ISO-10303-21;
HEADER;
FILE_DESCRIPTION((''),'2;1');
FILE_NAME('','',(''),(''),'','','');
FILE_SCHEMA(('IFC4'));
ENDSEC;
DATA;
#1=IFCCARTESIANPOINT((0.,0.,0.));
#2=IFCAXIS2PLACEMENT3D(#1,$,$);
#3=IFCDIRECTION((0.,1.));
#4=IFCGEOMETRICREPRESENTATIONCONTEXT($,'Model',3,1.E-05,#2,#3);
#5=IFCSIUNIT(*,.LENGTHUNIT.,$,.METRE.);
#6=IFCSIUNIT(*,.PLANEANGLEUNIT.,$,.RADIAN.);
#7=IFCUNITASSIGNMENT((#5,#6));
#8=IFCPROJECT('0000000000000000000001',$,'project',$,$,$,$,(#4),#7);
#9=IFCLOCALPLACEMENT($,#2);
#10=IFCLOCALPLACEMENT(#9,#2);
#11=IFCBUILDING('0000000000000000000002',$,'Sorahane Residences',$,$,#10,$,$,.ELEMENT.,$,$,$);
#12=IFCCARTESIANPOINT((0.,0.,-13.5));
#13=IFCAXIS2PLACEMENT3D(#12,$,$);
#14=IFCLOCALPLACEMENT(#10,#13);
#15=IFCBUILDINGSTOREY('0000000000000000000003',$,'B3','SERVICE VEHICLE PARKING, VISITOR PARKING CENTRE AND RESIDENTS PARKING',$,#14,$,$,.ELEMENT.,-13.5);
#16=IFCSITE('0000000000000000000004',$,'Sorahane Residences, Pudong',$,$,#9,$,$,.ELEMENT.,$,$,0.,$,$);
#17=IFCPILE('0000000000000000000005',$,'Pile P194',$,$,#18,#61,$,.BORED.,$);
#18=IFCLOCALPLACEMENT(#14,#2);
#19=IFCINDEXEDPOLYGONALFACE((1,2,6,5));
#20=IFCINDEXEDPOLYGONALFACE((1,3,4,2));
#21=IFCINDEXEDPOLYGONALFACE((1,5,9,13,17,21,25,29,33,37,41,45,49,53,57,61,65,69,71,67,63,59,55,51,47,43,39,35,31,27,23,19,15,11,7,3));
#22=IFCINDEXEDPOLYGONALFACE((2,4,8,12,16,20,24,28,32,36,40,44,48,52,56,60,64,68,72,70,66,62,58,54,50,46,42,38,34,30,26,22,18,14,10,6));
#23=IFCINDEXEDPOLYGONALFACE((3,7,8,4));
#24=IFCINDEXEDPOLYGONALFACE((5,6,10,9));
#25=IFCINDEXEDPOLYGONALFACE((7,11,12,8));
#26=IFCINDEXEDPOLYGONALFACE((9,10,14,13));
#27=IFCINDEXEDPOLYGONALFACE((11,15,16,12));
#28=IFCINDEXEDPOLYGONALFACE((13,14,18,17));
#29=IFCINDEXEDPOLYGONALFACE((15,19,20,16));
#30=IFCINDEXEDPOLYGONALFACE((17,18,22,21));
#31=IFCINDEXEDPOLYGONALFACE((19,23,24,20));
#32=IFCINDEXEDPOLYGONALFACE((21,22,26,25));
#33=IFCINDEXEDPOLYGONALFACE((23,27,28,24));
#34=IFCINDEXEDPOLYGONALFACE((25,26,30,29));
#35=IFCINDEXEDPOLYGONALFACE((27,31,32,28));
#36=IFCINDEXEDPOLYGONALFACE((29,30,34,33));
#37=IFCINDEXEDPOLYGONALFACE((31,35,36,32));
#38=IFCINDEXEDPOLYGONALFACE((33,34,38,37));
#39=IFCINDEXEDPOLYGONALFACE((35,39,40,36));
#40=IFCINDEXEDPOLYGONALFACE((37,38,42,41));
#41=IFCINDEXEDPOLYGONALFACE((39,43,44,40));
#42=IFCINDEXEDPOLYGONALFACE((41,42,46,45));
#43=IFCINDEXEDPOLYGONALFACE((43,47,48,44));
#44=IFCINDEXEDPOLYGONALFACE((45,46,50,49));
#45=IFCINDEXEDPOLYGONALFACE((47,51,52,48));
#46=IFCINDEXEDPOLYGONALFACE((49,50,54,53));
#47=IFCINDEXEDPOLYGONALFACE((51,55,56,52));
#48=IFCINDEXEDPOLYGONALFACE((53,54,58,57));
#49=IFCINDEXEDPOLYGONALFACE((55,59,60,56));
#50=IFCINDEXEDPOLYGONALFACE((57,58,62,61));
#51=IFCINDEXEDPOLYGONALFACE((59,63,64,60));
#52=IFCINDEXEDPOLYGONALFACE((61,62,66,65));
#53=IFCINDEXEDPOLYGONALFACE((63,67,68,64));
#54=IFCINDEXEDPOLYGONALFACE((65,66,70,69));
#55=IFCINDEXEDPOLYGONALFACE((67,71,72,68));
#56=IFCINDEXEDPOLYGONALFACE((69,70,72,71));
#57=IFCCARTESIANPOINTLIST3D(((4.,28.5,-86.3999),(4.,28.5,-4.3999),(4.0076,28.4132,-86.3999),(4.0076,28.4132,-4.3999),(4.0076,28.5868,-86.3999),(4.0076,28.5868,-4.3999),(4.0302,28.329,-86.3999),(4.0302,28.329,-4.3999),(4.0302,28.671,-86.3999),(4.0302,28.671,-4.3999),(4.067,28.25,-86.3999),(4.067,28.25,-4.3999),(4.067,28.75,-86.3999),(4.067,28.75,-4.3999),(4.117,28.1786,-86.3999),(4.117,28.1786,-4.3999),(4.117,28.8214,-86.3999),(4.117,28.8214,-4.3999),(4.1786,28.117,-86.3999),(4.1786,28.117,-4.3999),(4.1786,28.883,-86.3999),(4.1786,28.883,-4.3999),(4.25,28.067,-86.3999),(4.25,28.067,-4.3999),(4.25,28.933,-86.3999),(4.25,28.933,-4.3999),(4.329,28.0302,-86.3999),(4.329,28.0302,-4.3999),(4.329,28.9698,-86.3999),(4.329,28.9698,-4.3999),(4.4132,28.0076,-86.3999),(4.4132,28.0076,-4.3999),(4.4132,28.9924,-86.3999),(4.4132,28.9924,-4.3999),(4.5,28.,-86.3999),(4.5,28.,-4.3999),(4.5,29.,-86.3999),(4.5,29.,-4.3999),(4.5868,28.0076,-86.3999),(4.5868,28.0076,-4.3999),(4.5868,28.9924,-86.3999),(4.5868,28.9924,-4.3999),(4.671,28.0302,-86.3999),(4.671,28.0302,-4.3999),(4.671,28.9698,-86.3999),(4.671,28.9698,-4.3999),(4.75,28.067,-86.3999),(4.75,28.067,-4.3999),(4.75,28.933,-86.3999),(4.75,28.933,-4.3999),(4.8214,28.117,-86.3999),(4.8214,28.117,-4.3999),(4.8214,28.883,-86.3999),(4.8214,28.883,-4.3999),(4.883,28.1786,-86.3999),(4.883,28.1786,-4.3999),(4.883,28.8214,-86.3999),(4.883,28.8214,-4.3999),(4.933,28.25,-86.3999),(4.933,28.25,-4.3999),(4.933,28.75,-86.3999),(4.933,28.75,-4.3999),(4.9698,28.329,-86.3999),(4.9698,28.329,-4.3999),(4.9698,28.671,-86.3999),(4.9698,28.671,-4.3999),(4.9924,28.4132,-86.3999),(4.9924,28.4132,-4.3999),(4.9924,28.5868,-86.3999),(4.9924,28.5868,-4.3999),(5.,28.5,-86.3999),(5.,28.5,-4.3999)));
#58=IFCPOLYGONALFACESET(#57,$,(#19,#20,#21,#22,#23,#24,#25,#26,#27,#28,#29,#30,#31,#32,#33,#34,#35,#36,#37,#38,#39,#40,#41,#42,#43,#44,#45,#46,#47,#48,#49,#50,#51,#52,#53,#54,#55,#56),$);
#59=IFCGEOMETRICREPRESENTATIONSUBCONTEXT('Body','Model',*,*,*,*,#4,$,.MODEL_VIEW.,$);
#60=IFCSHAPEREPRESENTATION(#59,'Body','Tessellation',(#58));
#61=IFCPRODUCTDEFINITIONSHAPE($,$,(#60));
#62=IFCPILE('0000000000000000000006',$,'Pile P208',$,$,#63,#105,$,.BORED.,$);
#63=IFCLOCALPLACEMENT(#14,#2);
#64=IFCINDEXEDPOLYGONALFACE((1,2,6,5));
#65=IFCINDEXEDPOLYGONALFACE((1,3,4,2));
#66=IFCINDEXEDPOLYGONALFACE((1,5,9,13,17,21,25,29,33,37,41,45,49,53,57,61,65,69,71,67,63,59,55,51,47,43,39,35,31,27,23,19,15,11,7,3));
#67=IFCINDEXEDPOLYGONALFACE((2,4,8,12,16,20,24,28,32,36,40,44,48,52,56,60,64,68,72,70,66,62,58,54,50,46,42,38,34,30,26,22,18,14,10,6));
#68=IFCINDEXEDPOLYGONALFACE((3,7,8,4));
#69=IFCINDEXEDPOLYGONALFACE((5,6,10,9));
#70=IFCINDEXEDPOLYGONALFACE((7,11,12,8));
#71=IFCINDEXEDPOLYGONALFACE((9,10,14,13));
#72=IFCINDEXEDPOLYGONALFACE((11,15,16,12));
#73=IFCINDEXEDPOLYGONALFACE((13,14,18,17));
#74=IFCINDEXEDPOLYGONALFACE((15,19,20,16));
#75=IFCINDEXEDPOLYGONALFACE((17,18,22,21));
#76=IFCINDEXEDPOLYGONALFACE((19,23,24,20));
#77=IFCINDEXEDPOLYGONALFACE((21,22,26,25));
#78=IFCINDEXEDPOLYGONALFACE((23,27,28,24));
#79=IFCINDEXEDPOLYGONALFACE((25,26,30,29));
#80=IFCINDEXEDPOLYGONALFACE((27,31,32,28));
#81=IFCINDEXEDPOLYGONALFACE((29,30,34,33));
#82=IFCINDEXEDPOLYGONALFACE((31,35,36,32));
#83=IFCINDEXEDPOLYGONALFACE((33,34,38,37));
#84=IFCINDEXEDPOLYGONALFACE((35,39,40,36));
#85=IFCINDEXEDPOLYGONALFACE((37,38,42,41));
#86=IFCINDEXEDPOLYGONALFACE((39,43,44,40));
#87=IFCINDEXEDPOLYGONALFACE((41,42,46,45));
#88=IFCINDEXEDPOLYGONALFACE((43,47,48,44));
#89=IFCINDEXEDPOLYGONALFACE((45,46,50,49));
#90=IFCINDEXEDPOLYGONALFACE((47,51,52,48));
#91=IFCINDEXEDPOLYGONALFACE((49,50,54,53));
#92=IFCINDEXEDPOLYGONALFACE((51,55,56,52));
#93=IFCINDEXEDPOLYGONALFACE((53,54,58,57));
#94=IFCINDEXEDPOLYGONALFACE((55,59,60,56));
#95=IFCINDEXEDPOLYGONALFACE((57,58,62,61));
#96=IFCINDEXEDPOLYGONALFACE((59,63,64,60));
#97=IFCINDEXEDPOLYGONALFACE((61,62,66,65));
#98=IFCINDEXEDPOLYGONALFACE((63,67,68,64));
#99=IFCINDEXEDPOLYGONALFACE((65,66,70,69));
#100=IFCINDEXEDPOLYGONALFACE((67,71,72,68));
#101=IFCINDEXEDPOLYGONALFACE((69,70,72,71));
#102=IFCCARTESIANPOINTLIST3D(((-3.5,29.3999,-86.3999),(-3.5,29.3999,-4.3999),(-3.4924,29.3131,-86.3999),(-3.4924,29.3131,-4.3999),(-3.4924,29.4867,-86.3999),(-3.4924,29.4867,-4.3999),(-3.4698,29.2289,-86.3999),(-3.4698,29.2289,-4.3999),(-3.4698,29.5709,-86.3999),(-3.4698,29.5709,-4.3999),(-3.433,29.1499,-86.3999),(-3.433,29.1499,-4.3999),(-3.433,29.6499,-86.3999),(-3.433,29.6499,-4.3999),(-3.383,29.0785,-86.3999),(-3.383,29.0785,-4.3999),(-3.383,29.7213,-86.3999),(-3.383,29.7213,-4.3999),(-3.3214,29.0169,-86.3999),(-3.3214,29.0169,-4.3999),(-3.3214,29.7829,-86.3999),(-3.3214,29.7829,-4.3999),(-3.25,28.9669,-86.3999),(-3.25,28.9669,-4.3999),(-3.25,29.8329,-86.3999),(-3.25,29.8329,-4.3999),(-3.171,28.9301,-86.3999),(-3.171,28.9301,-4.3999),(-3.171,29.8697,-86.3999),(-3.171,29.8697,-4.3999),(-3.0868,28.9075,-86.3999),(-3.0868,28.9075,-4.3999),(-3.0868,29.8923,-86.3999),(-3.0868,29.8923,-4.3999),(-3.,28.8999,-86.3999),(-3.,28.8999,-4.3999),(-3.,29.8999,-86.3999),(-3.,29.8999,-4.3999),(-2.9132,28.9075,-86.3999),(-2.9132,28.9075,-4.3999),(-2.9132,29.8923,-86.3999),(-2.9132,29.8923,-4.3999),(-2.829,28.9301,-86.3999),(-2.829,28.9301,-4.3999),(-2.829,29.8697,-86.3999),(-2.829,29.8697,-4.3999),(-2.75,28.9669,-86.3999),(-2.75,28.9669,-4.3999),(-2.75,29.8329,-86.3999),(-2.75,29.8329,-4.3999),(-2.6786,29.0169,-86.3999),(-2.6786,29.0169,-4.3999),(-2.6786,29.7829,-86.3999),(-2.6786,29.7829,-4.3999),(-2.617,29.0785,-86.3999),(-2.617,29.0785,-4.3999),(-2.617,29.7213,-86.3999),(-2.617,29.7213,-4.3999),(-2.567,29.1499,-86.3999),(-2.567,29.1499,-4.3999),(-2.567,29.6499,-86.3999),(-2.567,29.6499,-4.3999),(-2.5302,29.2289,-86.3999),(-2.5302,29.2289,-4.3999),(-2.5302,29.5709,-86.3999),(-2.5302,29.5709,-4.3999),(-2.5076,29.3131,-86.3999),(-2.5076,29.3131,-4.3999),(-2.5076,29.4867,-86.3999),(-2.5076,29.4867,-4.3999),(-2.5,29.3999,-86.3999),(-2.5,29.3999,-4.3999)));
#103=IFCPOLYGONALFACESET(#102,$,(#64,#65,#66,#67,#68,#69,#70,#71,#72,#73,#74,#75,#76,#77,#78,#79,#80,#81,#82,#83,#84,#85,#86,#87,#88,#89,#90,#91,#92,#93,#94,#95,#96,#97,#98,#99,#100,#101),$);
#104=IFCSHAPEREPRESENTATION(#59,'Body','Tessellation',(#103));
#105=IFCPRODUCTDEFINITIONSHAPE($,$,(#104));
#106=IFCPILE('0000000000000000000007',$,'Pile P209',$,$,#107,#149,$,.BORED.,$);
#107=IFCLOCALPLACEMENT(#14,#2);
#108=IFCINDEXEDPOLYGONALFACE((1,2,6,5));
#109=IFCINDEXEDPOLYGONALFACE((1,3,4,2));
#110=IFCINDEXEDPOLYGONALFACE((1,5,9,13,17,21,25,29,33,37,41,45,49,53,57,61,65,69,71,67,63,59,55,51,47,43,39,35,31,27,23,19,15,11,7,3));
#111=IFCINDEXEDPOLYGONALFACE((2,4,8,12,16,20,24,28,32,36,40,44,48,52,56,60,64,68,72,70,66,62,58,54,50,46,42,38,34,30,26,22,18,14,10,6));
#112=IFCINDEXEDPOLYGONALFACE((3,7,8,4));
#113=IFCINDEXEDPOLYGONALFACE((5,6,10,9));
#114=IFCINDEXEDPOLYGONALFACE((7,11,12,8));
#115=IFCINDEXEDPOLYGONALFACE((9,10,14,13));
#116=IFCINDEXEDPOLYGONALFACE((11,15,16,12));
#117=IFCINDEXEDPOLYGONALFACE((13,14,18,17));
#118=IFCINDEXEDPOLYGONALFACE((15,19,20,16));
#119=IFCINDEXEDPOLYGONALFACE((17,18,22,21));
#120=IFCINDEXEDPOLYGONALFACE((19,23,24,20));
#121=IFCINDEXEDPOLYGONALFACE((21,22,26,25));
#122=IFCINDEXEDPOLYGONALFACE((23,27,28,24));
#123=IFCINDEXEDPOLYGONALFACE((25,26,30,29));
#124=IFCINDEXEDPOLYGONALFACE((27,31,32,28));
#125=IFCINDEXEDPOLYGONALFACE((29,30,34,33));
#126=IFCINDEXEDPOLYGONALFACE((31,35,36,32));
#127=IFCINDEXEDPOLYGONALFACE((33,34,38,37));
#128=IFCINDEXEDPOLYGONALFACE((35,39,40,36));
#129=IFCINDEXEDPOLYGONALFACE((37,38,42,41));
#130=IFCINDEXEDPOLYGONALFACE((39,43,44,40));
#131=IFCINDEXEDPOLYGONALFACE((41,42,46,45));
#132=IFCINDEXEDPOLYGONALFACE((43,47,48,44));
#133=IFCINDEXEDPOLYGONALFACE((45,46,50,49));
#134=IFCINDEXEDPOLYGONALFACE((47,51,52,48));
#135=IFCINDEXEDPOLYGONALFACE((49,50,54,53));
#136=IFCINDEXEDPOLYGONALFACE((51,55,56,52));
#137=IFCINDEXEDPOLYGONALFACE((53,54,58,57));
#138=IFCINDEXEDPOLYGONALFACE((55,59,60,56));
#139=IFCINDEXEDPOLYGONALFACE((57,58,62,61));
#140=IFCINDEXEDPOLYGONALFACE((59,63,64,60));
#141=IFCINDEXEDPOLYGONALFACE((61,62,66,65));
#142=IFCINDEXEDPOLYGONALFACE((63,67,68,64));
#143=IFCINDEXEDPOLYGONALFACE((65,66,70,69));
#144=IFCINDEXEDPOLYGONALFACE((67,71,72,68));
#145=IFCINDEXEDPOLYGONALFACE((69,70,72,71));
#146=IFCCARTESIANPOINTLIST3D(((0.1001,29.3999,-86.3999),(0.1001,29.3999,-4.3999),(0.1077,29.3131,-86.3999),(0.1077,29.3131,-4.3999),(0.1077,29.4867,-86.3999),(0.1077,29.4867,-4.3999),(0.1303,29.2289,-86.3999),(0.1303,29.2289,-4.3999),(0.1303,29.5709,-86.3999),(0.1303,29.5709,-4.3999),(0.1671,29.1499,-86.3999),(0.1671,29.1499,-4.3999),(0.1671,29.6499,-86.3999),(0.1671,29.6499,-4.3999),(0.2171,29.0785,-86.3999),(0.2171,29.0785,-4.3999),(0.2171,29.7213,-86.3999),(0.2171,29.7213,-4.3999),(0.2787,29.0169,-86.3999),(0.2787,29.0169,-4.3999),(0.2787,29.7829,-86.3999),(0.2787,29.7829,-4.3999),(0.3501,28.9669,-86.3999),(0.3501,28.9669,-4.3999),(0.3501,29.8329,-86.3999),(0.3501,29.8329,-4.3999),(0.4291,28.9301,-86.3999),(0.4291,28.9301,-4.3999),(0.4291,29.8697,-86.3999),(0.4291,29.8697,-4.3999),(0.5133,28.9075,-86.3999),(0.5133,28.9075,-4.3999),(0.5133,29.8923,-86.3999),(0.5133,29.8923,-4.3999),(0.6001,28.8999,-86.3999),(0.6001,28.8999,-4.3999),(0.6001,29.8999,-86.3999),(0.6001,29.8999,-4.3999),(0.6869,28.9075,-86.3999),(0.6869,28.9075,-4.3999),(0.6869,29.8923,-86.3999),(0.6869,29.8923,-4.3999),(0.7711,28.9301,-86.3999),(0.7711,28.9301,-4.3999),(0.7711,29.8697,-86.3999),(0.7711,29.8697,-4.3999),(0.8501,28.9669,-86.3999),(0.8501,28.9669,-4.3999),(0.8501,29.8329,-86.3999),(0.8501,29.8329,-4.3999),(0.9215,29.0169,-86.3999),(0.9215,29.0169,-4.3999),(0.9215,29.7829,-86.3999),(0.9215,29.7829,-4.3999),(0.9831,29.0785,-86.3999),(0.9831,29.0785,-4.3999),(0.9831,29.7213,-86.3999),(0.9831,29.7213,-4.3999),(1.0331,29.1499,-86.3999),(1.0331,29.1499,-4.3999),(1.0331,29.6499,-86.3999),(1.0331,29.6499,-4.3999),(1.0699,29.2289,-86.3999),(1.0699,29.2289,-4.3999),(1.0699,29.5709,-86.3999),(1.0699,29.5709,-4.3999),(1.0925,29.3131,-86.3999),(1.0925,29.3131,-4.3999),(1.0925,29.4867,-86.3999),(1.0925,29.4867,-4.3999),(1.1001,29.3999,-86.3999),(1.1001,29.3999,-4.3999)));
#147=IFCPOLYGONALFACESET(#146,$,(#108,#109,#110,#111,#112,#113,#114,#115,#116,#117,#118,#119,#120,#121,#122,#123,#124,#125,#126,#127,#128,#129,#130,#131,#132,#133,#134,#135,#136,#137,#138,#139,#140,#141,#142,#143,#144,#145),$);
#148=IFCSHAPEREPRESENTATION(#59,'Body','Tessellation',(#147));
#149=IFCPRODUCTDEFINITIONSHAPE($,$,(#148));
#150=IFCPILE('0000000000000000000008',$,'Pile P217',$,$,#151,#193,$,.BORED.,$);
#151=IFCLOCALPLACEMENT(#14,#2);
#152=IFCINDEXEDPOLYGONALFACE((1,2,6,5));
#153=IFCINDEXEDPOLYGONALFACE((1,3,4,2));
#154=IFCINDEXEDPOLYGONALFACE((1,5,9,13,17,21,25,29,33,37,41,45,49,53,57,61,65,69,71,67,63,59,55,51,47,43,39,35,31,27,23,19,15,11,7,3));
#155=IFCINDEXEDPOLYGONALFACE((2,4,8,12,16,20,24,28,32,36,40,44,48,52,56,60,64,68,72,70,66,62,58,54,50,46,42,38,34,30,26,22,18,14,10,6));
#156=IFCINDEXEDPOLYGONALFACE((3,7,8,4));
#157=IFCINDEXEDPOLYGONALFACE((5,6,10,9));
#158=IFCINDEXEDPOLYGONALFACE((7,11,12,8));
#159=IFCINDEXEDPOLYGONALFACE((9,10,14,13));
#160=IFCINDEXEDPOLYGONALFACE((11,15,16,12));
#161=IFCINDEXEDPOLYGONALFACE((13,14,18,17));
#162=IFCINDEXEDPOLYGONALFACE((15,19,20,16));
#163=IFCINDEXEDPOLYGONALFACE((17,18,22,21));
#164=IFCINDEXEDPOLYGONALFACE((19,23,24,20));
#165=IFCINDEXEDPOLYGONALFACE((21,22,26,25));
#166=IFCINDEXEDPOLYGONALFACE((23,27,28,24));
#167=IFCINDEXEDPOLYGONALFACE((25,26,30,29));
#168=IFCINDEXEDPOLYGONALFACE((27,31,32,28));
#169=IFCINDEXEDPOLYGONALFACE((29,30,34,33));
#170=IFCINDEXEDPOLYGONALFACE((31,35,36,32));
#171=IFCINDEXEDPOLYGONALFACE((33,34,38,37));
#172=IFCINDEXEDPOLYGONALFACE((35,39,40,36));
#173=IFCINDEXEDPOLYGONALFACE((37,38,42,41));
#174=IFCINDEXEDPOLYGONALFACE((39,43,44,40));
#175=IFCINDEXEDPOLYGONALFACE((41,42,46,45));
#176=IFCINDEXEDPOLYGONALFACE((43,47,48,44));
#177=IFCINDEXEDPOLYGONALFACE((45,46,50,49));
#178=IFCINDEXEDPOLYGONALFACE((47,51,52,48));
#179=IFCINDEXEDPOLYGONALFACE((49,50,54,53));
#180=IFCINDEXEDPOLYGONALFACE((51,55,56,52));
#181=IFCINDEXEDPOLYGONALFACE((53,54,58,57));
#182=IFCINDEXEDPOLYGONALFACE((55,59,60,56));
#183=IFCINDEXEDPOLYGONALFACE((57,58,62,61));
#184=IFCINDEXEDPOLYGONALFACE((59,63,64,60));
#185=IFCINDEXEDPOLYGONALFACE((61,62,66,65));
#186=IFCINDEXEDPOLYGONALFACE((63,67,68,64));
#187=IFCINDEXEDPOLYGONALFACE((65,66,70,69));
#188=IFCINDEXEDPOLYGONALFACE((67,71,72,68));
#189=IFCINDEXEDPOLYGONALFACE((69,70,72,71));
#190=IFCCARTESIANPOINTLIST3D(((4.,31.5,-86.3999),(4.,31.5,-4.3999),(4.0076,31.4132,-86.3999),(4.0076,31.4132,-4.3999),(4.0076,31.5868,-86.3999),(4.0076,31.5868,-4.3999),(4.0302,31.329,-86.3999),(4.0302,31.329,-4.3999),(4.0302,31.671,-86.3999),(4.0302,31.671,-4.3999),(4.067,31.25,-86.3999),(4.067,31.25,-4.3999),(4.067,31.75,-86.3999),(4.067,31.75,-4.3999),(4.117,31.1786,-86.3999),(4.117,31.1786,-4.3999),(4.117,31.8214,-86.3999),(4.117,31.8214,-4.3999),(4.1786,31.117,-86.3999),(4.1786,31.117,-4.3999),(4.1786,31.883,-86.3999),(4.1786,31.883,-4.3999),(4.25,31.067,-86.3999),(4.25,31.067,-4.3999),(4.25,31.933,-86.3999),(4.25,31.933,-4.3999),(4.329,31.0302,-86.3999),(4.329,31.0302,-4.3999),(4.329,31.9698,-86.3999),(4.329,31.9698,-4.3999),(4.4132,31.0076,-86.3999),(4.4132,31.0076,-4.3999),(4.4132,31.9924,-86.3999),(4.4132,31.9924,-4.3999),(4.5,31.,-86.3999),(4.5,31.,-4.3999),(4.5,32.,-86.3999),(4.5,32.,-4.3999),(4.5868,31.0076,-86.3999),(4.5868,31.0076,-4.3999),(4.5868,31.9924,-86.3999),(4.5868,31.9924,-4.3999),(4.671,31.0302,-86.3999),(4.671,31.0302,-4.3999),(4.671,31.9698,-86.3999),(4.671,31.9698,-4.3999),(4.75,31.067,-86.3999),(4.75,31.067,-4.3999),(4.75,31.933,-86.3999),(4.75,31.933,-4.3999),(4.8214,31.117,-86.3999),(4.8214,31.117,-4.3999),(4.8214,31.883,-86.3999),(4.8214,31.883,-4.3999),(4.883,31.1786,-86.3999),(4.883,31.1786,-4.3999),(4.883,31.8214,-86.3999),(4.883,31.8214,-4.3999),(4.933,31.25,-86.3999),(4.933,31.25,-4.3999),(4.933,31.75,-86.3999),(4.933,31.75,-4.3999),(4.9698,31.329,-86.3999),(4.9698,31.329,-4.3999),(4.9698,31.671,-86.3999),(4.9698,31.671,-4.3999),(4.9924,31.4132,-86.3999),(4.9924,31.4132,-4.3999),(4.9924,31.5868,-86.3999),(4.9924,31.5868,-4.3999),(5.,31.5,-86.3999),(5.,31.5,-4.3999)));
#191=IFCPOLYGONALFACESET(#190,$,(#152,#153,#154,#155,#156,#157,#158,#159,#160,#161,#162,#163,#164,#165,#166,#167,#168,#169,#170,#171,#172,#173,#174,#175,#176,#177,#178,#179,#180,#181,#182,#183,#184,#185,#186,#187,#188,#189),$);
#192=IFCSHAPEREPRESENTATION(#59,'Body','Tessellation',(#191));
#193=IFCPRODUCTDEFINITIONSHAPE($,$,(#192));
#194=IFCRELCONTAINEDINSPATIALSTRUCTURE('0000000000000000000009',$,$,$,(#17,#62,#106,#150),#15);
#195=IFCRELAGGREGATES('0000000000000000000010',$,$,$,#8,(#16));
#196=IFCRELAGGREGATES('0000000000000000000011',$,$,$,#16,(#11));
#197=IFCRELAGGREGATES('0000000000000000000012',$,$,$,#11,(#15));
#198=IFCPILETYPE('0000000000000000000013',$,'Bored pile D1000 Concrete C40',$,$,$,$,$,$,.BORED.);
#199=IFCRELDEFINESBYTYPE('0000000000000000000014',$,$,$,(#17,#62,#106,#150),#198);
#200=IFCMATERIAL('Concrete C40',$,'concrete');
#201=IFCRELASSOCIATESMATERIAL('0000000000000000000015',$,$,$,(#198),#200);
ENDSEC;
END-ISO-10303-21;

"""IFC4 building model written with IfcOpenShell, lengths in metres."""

from ifc_helpers import new_model, si_unit, direction, frame, origin, origin_2d, place, context, subcontext, project, spatial, circle, extrude, material, material_profile, profile_set, type_object, element, save


model = new_model("IFC4")

# Units and contexts
model_context = context("Model", 3, precision=1e-05, world=origin(), true_north=direction((0.0, 1.0)))
body_context = subcontext(model_context, "Body", "Model", "MODEL_VIEW")
ifc_project = project(units=[si_unit("LENGTHUNIT", "METRE"), si_unit("PLANEANGLEUNIT", "RADIAN")], contexts=[model_context])

# Site, building, storey
site_placement = place(None, origin())
site = spatial("IfcSite", under=ifc_project, at=site_placement, Name="Sorahane Residences, Pudong", CompositionType="ELEMENT", RefElevation=0.0)
building_placement = place(site_placement, origin())
building = spatial("IfcBuilding", under=site, at=building_placement, Name="Sorahane Residences", CompositionType="ELEMENT")
storey_placement = place(building_placement, frame((0.0, 0.0, -13.5)))
storey = spatial("IfcBuildingStorey", under=building, at=storey_placement, Name="B3", Description="SERVICE VEHICLE PARKING, VISITOR PARKING CENTRE AND RESIDENTS PARKING", CompositionType="ELEMENT", Elevation=-13.5)

# Piles
ifc_material_1 = material(Name="Concrete C40", Category="concrete")
ifc_material_profile_1 = material_profile(ifc_material_1, circle(Radius=0.5, at=origin_2d()), Name="D1000")
ifc_profile_set_1 = profile_set([ifc_material_profile_1], Name="Concrete C40")
pile_type = type_object("IfcPileType", Name="Bored pile D1000 Concrete C40", PredefinedType="BORED", material=ifc_profile_set_1)
for number, where, z_axis, x_axis, name in (
    (1, (4.5, 28.5, -4.3999), (0.0, 0.0, -1.0), (1.0, 0.0, 0.0), "Pile P194"),
    (2, (-3.0, 29.3999, -4.3999), (0.0, 0.0, -1.0), (1.0, 0.0, 0.0), "Pile P208"),
    (3, (0.6001, 29.3999, -4.3999), (0.0, 0.0, -1.0), (1.0, 0.0, 0.0), "Pile P209"),
    (4, (4.5, 31.5, -4.3999), (0.0, 0.0, -1.0), (1.0, 0.0, 0.0), "Pile P217"),
):
    element("IfcPile", number, at=place(storey_placement, frame(where, z_axis=z_axis, x_axis=x_axis)), inside=storey, type_object=pile_type, Name=name, PredefinedType="BORED", context=body_context, shape_type="SweptSolid", body=[
        extrude(circle(Radius=0.5, at=origin_2d()), origin(), (0.0, 0.0, 1.0), 82.0),
    ])

save(model, "model.ifc")
